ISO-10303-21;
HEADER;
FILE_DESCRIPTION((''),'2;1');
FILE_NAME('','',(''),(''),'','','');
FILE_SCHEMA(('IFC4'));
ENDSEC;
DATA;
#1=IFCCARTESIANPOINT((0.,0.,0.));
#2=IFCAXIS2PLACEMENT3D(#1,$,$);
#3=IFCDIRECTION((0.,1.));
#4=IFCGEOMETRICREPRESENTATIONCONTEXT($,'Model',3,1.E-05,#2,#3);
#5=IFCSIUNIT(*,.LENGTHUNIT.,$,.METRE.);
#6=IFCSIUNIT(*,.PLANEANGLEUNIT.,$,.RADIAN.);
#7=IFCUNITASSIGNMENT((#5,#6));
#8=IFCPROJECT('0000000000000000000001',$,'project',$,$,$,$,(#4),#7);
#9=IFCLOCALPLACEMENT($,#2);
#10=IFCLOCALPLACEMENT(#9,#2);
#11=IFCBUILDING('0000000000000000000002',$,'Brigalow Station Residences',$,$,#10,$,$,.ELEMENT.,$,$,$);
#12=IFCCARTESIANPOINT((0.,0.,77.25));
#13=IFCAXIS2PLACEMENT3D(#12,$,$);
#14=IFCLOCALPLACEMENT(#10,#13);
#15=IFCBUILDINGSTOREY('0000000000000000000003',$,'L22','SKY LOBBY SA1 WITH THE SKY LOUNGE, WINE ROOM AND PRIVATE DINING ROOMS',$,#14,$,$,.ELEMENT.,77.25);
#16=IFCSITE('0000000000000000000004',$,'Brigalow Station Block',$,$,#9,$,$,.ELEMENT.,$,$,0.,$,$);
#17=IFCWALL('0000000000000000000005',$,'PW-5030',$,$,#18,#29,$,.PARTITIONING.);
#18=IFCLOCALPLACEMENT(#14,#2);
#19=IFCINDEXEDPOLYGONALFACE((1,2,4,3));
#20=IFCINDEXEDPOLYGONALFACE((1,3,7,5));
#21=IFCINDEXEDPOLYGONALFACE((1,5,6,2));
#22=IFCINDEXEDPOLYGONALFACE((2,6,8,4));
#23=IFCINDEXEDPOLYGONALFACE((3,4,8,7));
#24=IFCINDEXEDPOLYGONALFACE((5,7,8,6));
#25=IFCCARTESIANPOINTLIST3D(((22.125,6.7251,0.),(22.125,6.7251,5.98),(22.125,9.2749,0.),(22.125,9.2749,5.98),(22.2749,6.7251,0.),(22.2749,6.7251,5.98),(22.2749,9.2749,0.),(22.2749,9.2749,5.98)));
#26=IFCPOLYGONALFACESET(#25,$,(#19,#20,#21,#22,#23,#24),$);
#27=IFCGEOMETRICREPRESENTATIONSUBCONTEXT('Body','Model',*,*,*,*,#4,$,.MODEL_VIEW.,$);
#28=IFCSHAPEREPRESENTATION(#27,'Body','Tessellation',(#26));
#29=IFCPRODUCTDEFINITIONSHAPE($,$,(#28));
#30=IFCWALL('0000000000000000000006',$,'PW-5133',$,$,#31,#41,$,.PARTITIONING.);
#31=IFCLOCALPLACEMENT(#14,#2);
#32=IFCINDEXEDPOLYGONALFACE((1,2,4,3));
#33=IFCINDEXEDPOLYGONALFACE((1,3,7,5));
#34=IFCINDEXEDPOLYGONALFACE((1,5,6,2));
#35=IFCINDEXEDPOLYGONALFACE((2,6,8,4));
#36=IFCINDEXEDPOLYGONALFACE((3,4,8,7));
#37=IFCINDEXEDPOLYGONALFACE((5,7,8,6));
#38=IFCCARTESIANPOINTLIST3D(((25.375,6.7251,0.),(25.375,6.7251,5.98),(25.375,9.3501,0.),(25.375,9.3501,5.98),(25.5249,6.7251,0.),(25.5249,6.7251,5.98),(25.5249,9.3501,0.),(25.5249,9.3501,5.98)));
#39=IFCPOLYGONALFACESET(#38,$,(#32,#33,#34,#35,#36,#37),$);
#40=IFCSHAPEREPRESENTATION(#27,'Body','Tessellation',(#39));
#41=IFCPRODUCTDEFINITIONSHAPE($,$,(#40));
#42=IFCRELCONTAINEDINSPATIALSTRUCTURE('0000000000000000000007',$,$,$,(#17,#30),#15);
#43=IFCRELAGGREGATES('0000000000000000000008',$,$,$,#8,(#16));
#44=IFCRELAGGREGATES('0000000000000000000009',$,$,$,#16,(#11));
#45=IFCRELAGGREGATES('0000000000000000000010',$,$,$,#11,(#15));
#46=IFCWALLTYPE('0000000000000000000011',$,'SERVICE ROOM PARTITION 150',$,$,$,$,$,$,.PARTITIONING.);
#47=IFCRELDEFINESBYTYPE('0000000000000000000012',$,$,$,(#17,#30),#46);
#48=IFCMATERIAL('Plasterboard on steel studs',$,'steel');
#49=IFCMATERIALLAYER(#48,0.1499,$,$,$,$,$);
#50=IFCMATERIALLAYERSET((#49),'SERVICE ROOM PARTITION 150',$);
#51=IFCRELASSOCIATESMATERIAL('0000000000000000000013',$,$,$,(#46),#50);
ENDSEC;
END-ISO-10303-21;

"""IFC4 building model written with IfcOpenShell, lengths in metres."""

from ifc_helpers import new_model, si_unit, direction, frame, frame_2d, origin, place, context, subcontext, project, spatial, rectangle, extrude, material, layer, layer_set, type_object, element, save


model = new_model("IFC4")

# Units and contexts
model_context = context("Model", 3, precision=1e-05, world=origin(), true_north=direction((0.0, 1.0)))
body_context = subcontext(model_context, "Body", "Model", "MODEL_VIEW")
ifc_project = project(units=[si_unit("LENGTHUNIT", "METRE"), si_unit("PLANEANGLEUNIT", "RADIAN")], contexts=[model_context])

# Site, building, storey
site_placement = place(None, origin())
site = spatial("IfcSite", under=ifc_project, at=site_placement, Name="Brigalow Station Block", CompositionType="ELEMENT", RefElevation=0.0)
building_placement = place(site_placement, origin())
building = spatial("IfcBuilding", under=site, at=building_placement, Name="Brigalow Station Residences", CompositionType="ELEMENT")
storey_placement = place(building_placement, frame((0.0, 0.0, 77.25)))
storey = spatial("IfcBuildingStorey", under=building, at=storey_placement, Name="L22", Description="SKY LOBBY SA1 WITH THE SKY LOUNGE, WINE ROOM AND PRIVATE DINING ROOMS", CompositionType="ELEMENT", Elevation=77.25)

# Shared definitions
ifc_material_1 = material(Name="Plasterboard on steel studs", Category="steel")
ifc_layer_1 = layer(ifc_material_1, 0.1499)
ifc_layer_set_1 = layer_set([ifc_layer_1], Name="SERVICE ROOM PARTITION 150")
wall_type_1 = type_object("IfcWallType", Name="SERVICE ROOM PARTITION 150", PredefinedType="PARTITIONING", material=ifc_layer_set_1)

# Walls
wall_1_placement = place(storey_placement, frame((22.2, 6.7251, 0.0), z_axis=(0.0, 0.0, 1.0), x_axis=(0.0, 1.0, 0.0)))
element("IfcWall", 1, at=wall_1_placement, inside=storey, type_object=wall_type_1, Name="PW-5030", PredefinedType="PARTITIONING", context=body_context, shape_type="SweptSolid", body=[
    extrude(rectangle(XDim=2.5498, YDim=0.1499, at=frame_2d((1.2749, 0.0))), origin(), (0.0, 0.0, 1.0), 5.98),
])
wall_2_placement = place(storey_placement, frame((25.45, 6.7251, 0.0), z_axis=(0.0, 0.0, 1.0), x_axis=(0.0, 1.0, 0.0)))
element("IfcWall", 2, at=wall_2_placement, inside=storey, type_object=wall_type_1, Name="PW-5133", PredefinedType="PARTITIONING", context=body_context, shape_type="SweptSolid", body=[
    extrude(rectangle(XDim=2.625, YDim=0.1499, at=frame_2d((1.3125, 0.0))), origin(), (0.0, 0.0, 1.0), 5.98),
])

save(model, "model.ifc")
